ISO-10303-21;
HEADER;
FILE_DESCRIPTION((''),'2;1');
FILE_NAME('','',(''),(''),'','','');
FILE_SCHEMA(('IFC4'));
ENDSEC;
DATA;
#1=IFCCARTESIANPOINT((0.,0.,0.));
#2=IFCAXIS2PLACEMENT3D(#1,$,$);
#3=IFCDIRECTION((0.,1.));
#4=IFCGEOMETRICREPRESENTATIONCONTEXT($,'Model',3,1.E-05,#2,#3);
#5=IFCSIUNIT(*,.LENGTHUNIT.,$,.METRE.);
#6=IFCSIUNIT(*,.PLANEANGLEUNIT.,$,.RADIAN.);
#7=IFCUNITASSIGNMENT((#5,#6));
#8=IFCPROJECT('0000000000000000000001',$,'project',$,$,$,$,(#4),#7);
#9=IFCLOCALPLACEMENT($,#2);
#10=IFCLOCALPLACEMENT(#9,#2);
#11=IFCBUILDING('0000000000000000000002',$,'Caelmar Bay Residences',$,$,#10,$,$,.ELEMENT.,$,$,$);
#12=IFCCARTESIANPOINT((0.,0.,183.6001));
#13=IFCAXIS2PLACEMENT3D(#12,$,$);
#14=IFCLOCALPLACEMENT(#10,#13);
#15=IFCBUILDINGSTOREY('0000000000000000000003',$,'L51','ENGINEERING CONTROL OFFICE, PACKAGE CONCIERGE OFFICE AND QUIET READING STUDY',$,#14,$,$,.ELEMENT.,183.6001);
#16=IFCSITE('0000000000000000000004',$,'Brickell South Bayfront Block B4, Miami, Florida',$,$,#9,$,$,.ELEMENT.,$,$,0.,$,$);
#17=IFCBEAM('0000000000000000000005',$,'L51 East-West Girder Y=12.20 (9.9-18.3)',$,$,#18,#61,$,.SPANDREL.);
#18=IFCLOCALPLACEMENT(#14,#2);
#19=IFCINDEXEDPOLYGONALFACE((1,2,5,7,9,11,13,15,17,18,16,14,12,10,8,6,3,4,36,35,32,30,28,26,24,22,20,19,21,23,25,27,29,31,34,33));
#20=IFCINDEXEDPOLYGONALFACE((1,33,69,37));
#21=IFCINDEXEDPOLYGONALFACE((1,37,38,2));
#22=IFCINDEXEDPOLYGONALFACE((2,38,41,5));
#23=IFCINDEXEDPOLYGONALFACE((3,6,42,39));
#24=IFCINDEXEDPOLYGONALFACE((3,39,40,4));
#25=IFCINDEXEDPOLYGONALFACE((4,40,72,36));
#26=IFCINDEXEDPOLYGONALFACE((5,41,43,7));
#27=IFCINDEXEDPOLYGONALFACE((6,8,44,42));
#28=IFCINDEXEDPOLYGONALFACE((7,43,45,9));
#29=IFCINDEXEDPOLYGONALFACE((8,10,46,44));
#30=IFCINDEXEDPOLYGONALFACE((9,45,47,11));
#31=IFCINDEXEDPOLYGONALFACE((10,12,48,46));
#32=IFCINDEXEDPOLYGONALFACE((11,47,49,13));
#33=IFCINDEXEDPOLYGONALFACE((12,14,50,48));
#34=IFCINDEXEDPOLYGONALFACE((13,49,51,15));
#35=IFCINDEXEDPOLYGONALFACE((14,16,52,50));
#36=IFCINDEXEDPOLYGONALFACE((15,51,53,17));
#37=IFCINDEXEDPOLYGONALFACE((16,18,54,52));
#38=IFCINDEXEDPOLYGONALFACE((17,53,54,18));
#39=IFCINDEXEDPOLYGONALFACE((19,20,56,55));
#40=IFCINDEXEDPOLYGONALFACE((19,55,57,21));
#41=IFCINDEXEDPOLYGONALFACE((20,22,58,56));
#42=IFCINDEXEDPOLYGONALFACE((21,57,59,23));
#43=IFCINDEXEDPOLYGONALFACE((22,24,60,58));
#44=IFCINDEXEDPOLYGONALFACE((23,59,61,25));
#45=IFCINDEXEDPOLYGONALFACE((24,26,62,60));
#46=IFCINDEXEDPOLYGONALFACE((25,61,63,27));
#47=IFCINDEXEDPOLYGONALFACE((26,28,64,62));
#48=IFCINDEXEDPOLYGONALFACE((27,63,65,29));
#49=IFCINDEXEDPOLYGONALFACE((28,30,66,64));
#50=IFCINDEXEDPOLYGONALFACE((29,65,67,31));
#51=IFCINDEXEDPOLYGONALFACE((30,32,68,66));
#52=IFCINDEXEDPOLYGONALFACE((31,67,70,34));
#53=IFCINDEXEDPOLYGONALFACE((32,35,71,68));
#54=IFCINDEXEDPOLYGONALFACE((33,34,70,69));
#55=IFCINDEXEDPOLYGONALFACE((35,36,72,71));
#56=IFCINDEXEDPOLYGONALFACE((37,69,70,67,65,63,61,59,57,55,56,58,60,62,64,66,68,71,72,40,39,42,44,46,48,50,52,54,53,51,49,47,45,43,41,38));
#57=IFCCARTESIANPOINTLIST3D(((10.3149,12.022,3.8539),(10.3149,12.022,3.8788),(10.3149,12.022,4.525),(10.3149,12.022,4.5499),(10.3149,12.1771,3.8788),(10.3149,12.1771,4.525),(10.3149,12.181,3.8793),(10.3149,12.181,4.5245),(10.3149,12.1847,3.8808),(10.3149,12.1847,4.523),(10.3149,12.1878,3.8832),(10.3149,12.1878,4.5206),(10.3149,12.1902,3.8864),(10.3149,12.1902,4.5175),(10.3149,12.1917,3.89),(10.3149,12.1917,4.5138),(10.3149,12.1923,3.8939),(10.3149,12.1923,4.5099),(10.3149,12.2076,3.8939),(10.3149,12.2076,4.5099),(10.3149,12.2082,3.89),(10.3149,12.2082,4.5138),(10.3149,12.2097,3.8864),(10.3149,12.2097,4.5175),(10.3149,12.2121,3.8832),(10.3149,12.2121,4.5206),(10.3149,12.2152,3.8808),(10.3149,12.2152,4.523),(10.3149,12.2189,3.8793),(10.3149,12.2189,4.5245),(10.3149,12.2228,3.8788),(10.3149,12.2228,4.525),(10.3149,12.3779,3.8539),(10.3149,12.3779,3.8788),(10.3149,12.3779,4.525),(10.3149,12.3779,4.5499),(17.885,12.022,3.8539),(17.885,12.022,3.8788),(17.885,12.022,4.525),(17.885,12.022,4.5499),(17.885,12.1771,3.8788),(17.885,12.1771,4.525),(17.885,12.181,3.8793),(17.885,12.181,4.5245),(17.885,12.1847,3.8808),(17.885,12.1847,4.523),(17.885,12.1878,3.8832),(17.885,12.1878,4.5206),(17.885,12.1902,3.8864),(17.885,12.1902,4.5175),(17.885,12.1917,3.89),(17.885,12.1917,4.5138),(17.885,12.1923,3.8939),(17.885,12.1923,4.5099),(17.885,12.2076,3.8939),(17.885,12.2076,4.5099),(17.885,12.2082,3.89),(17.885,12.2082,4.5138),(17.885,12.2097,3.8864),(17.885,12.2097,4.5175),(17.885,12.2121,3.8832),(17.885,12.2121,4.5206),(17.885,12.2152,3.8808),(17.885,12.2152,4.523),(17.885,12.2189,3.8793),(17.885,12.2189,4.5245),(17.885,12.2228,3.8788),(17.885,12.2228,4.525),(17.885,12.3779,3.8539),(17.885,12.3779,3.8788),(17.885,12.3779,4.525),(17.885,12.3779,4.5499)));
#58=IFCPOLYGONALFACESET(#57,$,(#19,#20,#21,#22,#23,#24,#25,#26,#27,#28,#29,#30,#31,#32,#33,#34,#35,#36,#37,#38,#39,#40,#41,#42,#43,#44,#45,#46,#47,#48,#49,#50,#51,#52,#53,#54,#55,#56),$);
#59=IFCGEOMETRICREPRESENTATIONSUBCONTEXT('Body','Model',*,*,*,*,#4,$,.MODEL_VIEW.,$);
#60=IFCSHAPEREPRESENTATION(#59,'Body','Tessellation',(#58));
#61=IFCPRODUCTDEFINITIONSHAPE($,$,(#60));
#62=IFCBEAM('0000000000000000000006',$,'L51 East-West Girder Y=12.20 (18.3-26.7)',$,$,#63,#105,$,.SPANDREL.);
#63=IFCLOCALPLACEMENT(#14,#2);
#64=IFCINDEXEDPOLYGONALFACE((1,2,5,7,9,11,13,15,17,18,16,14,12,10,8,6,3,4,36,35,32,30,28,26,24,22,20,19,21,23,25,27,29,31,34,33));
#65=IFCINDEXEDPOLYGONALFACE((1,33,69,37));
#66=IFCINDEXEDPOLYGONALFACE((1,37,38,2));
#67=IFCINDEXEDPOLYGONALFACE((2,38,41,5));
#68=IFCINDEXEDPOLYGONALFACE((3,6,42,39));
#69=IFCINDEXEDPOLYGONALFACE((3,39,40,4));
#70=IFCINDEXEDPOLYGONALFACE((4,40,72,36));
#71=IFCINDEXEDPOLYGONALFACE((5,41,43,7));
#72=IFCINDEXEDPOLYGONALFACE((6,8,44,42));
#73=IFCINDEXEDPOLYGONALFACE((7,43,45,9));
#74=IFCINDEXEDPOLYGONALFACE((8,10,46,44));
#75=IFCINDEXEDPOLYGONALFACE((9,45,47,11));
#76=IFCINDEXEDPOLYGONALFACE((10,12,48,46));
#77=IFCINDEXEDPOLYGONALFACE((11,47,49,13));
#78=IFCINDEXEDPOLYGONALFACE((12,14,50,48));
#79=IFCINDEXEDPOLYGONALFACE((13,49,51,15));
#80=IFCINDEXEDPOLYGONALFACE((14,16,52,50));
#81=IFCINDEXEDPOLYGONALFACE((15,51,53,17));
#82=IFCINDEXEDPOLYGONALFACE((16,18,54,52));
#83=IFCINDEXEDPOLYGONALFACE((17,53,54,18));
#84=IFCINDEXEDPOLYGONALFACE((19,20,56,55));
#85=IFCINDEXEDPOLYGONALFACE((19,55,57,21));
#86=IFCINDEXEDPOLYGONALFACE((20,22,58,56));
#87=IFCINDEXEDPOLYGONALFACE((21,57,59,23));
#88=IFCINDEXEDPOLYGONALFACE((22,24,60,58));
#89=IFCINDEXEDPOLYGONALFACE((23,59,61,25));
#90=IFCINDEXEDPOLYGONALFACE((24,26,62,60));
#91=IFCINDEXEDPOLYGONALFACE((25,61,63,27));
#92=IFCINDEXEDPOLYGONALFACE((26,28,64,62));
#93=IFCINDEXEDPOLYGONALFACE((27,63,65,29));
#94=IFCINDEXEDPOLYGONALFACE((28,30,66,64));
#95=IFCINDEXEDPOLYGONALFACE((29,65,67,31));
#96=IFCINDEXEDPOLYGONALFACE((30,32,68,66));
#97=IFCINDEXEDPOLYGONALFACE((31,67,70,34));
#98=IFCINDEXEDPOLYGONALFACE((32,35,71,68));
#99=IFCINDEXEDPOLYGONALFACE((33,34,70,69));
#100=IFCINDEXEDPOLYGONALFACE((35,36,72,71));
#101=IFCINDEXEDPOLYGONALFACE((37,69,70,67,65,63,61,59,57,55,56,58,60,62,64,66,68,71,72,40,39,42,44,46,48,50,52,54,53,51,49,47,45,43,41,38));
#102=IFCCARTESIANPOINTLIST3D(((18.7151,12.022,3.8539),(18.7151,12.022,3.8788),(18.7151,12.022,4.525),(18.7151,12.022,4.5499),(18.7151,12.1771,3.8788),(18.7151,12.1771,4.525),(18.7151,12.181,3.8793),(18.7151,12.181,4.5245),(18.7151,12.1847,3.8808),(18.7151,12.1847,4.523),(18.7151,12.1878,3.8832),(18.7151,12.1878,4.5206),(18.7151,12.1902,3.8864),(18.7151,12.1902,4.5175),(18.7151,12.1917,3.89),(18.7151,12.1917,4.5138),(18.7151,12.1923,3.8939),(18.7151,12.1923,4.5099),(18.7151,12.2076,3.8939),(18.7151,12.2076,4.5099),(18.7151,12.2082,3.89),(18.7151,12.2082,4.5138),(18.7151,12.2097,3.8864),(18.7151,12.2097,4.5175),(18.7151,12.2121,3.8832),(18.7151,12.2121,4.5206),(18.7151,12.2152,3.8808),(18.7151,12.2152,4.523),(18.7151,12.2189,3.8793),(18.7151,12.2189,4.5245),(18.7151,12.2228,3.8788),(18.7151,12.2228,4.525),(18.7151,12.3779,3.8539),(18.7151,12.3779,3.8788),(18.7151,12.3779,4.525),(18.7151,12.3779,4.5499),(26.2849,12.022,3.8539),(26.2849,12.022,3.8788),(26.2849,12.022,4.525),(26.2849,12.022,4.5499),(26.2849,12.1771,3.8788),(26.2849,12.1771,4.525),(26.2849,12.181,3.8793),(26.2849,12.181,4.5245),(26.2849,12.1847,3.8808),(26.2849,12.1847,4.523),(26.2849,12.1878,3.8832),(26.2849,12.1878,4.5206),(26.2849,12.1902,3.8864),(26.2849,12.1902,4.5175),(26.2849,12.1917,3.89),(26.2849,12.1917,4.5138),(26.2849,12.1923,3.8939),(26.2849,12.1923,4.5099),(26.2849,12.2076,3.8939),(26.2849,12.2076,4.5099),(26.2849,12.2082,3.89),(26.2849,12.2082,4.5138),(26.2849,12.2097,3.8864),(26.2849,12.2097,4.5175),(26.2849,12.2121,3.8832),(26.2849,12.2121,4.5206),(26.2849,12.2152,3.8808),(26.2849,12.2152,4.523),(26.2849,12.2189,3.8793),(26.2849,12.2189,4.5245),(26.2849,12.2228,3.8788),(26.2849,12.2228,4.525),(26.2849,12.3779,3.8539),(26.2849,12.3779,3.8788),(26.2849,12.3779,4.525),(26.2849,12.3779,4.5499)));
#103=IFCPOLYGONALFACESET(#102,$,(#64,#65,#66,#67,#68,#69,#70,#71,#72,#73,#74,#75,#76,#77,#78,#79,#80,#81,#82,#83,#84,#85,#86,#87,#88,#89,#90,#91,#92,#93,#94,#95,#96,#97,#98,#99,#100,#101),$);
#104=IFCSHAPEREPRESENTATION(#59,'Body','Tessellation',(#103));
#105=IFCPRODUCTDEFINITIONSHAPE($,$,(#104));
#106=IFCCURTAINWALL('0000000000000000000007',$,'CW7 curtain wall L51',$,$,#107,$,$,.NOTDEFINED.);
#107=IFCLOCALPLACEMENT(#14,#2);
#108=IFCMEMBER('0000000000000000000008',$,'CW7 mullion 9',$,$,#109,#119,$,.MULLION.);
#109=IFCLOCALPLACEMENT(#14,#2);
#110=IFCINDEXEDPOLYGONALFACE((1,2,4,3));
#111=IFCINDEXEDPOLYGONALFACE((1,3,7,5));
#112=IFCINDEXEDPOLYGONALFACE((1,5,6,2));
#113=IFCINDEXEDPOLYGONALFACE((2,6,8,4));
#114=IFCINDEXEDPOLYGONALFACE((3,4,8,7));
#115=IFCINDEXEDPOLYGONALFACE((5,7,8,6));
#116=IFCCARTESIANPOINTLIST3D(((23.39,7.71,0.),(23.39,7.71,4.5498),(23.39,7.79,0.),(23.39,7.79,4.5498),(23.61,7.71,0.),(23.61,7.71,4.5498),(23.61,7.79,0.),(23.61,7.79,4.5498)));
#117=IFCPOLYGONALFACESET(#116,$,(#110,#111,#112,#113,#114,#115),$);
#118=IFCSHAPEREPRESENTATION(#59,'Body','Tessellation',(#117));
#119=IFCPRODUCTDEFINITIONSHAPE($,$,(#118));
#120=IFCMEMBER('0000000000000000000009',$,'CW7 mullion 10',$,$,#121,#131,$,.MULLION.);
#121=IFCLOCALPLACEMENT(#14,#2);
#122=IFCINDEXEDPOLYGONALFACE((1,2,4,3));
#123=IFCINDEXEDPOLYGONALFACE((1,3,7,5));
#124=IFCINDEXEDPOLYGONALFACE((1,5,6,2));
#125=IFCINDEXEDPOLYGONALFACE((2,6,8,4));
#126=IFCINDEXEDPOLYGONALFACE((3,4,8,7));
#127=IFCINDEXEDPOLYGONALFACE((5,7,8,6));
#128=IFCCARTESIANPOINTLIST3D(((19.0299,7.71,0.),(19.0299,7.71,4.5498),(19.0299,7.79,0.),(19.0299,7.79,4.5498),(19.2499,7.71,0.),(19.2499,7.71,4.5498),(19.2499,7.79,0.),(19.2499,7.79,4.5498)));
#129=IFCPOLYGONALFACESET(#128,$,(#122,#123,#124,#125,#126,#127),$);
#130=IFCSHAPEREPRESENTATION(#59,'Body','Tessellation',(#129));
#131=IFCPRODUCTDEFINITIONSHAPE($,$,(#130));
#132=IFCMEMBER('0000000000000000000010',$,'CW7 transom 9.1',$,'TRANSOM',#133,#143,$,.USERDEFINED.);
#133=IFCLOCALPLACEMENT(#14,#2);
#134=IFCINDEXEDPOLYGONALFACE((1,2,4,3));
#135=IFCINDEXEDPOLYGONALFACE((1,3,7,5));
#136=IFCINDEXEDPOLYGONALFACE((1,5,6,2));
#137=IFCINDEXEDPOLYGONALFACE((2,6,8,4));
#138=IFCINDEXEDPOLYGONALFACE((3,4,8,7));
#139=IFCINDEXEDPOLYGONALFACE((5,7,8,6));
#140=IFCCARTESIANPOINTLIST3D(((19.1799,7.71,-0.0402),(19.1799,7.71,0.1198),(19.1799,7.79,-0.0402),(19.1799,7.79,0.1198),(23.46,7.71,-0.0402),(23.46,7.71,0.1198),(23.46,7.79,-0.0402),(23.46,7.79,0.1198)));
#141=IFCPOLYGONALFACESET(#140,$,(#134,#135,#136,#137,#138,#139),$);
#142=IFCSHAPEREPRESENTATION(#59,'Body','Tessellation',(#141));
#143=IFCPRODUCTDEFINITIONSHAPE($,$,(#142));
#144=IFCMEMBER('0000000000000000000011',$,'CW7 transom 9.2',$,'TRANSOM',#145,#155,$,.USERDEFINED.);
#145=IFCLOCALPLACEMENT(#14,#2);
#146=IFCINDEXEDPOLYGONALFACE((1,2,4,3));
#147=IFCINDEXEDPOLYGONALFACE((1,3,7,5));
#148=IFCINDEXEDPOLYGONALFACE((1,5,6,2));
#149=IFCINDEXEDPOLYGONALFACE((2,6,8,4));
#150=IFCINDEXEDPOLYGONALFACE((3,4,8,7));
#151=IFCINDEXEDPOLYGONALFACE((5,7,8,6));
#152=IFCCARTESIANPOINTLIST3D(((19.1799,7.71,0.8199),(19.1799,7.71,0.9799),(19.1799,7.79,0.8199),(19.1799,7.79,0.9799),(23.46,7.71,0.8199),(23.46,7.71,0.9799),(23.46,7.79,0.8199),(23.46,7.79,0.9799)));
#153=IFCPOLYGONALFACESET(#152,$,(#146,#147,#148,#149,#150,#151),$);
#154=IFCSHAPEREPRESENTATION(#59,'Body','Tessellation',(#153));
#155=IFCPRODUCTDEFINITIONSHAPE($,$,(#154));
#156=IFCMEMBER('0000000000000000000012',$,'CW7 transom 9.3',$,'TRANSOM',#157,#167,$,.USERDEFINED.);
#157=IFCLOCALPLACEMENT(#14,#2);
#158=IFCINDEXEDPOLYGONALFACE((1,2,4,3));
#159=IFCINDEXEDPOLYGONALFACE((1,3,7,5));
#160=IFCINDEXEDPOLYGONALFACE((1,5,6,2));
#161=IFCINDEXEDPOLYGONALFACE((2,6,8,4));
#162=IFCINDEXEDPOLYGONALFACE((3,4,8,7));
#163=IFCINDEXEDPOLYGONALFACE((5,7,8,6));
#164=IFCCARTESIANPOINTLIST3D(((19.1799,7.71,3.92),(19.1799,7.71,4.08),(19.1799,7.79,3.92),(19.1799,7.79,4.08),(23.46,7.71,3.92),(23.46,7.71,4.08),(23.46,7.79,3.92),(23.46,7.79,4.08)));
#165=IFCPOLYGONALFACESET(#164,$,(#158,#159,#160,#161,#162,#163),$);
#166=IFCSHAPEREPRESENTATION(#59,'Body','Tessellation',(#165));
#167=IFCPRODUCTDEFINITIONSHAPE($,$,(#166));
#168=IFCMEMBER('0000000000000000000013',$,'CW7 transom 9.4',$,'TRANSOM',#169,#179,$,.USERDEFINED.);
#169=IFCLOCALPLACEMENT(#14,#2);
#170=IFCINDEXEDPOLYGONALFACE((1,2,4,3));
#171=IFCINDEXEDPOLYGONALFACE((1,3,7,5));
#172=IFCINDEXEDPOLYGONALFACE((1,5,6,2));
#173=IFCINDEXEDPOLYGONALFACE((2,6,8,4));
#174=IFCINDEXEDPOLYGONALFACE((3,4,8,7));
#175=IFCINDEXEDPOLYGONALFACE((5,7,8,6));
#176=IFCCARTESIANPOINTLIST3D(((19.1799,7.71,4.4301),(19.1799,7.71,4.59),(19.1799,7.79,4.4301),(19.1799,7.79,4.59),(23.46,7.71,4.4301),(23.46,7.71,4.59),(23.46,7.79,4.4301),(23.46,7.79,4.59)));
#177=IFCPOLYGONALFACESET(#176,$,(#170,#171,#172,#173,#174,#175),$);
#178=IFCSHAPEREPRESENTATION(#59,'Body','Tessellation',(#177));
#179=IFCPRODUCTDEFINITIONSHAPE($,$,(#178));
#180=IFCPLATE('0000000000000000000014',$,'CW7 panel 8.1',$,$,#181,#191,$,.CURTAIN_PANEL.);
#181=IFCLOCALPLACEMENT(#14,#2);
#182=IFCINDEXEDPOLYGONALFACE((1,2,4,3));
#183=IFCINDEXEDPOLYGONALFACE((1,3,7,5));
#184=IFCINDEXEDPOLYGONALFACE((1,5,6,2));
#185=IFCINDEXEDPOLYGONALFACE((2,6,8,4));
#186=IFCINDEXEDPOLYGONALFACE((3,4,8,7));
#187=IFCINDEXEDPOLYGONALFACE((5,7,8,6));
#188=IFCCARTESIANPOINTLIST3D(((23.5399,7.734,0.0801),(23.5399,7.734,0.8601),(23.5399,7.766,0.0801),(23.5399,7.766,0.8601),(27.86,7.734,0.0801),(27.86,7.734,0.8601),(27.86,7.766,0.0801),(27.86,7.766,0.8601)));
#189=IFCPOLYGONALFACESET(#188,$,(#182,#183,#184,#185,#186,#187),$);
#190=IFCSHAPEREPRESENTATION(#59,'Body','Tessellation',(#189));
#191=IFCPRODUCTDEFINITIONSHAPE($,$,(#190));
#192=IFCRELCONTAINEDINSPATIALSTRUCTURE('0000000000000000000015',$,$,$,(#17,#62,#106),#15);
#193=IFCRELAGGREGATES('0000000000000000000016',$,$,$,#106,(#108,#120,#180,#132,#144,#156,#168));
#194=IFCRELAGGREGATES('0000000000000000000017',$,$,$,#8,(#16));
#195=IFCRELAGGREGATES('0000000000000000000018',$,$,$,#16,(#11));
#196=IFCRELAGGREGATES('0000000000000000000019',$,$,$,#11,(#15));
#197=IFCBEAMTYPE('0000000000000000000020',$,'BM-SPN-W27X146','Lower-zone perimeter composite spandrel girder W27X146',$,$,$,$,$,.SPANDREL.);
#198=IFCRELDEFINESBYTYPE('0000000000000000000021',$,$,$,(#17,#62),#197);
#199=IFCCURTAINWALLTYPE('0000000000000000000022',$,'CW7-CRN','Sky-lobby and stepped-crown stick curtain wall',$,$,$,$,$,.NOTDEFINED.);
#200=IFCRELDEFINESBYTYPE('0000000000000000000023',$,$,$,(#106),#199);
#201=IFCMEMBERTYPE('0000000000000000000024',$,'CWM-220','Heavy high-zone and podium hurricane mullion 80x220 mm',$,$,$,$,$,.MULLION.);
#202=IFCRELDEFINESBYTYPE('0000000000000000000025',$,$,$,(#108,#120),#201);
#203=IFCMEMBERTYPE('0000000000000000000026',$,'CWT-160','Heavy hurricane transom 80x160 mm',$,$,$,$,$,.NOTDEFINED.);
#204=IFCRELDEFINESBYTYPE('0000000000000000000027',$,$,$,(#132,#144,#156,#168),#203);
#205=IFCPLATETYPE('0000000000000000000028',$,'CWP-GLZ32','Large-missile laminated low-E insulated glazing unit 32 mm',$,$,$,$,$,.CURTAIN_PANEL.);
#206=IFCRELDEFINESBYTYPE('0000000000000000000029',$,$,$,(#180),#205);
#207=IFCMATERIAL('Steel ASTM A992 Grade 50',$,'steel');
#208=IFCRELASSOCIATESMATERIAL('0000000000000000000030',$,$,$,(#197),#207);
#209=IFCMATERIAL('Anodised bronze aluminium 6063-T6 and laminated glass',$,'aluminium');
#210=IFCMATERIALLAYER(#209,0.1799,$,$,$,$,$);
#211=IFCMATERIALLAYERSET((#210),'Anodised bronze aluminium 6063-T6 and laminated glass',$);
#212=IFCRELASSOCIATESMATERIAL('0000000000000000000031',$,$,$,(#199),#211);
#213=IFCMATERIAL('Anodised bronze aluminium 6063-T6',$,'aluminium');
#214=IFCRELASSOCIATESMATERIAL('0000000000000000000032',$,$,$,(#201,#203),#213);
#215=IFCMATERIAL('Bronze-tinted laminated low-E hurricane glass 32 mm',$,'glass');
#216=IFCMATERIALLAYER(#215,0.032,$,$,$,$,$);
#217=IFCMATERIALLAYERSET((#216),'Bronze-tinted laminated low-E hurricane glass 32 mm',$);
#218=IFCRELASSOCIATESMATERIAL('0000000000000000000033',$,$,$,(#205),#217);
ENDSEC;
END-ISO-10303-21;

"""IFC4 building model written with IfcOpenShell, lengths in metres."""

from ifc_helpers import new_model, si_unit, direction, frame, origin, origin_2d, place, context, subcontext, project, spatial, rectangle, i_section, extrude, material, layer, layer_set, material_profile, profile_set, type_object, element, aggregate, save


model = new_model("IFC4")

# Units and contexts
model_context = context("Model", 3, precision=1e-05, world=origin(), true_north=direction((0.0, 1.0)))
body_context = subcontext(model_context, "Body", "Model", "MODEL_VIEW")
ifc_project = project(units=[si_unit("LENGTHUNIT", "METRE"), si_unit("PLANEANGLEUNIT", "RADIAN")], contexts=[model_context])

# Site, building, storey
site_placement = place(None, origin())
site = spatial("IfcSite", under=ifc_project, at=site_placement, Name="Brickell South Bayfront Block B4, Miami, Florida", CompositionType="ELEMENT", RefElevation=0.0)
building_placement = place(site_placement, origin())
building = spatial("IfcBuilding", under=site, at=building_placement, Name="Caelmar Bay Residences", CompositionType="ELEMENT")
storey_placement = place(building_placement, frame((0.0, 0.0, 183.6001)))
storey = spatial("IfcBuildingStorey", under=building, at=storey_placement, Name="L51", Description="ENGINEERING CONTROL OFFICE, PACKAGE CONCIERGE OFFICE AND QUIET READING STUDY", CompositionType="ELEMENT", Elevation=183.6001)

# Beams
ifc_material_1 = material(Name="Steel ASTM A992 Grade 50", Category="steel")
ifc_material_profile_1 = material_profile(ifc_material_1, i_section(OverallWidth=0.356, OverallDepth=0.696, WebThickness=0.0154, FlangeThickness=0.0249, FilletRadius=0.0151, at=origin_2d()), Name="W27X146")
ifc_profile_set_1 = profile_set([ifc_material_profile_1], Name="Steel ASTM A992 Grade 50")
beam_type_1 = type_object("IfcBeamType", Name="BM-SPN-W27X146", Description="Lower-zone perimeter composite spandrel girder W27X146", PredefinedType="SPANDREL", material=ifc_profile_set_1)
beam_1_placement = place(storey_placement, frame((10.3149, 12.2, 4.2019), z_axis=(1.0, 0.0, 0.0), x_axis=(0.0, 1.0, 0.0)))
element("IfcBeam", 1, at=beam_1_placement, inside=storey, type_object=beam_type_1, Name="L51 East-West Girder Y=12.20 (9.9-18.3)", PredefinedType="SPANDREL", context=body_context, shape_type="SweptSolid", body=[
    extrude(i_section(OverallWidth=0.356, OverallDepth=0.696, WebThickness=0.0154, FlangeThickness=0.0249, FilletRadius=0.0151, at=origin_2d()), origin(), (0.0, 0.0, 1.0), 7.5701),
])
beam_2_placement = place(storey_placement, frame((18.7151, 12.2, 4.2019), z_axis=(1.0, 0.0, 0.0), x_axis=(0.0, 1.0, 0.0)))
element("IfcBeam", 2, at=beam_2_placement, inside=storey, type_object=beam_type_1, Name="L51 East-West Girder Y=12.20 (18.3-26.7)", PredefinedType="SPANDREL", context=body_context, shape_type="SweptSolid", body=[
    extrude(i_section(OverallWidth=0.356, OverallDepth=0.696, WebThickness=0.0154, FlangeThickness=0.0249, FilletRadius=0.0151, at=origin_2d()), origin(), (0.0, 0.0, 1.0), 7.5698),
])

# Curtain wall, members, plate
ifc_material_2 = material(Name="Anodised bronze aluminium 6063-T6 and laminated glass", Category="aluminium")
ifc_layer_1 = layer(ifc_material_2, 0.1799)
ifc_layer_set_1 = layer_set([ifc_layer_1], Name="Anodised bronze aluminium 6063-T6 and laminated glass")
curtain_wall_type = type_object("IfcCurtainWallType", Name="CW7-CRN", Description="Sky-lobby and stepped-crown stick curtain wall", PredefinedType="NOTDEFINED", material=ifc_layer_set_1)
curtain_wall_placement = place(storey_placement, origin())
curtain_wall = element("IfcCurtainWall", 3, at=curtain_wall_placement, inside=storey, type_object=curtain_wall_type, Name="CW7 curtain wall L51", PredefinedType="NOTDEFINED")
ifc_material_3 = material(Name="Anodised bronze aluminium 6063-T6", Category="aluminium")
ifc_material_profile_2 = material_profile(ifc_material_3, rectangle(XDim=0.0801, YDim=0.22, at=origin_2d()), Name="CWM-80X220")
ifc_profile_set_2 = profile_set([ifc_material_profile_2], Name="Anodised bronze aluminium 6063-T6")
member_type_1 = type_object("IfcMemberType", Name="CWM-220", Description="Heavy high-zone and podium hurricane mullion 80x220 mm", PredefinedType="MULLION", material=ifc_profile_set_2)
member_1_placement = place(storey_placement, frame((23.5, 7.75, 0.0), z_axis=(0.0, 0.0, 1.0), x_axis=(0.0, -1.0, 0.0)))
member_1 = element("IfcMember", 4, at=member_1_placement, type_object=member_type_1, Name="CW7 mullion 9", PredefinedType="MULLION", context=body_context, shape_type="SweptSolid", body=[
    extrude(rectangle(XDim=0.0801, YDim=0.22, at=origin_2d()), origin(), (0.0, 0.0, 1.0), 4.5498),
])
member_2_placement = place(storey_placement, frame((19.1399, 7.75, 0.0), z_axis=(0.0, 0.0, 1.0), x_axis=(0.0, -1.0, 0.0)))
member_2 = element("IfcMember", 5, at=member_2_placement, type_object=member_type_1, Name="CW7 mullion 10", PredefinedType="MULLION", context=body_context, shape_type="SweptSolid", body=[
    extrude(rectangle(XDim=0.0801, YDim=0.22, at=origin_2d()), origin(), (0.0, 0.0, 1.0), 4.5498),
])
ifc_material_profile_3 = material_profile(ifc_material_3, rectangle(XDim=0.0801, YDim=0.1599, at=origin_2d()), Name="CWT-80X160")
ifc_profile_set_3 = profile_set([ifc_material_profile_3], Name="Anodised bronze aluminium 6063-T6")
member_type_2 = type_object("IfcMemberType", Name="CWT-160", Description="Heavy hurricane transom 80x160 mm", PredefinedType="NOTDEFINED", material=ifc_profile_set_3)
member_3_placement = place(storey_placement, frame((23.46, 7.75, 0.0398), z_axis=(-1.0, 0.0, 0.0), x_axis=(0.0, -1.0, 0.0)))
member_3 = element("IfcMember", 6, at=member_3_placement, type_object=member_type_2, Name="CW7 transom 9.1", ObjectType="TRANSOM", PredefinedType="USERDEFINED", context=body_context, shape_type="SweptSolid", body=[
    extrude(rectangle(XDim=0.0801, YDim=0.1599, at=origin_2d()), origin(), (0.0, 0.0, 1.0), 4.28),
])
member_4_placement = place(storey_placement, frame((23.46, 7.75, 0.8999), z_axis=(-1.0, 0.0, 0.0), x_axis=(0.0, -1.0, 0.0)))
member_4 = element("IfcMember", 7, at=member_4_placement, type_object=member_type_2, Name="CW7 transom 9.2", ObjectType="TRANSOM", PredefinedType="USERDEFINED", context=body_context, shape_type="SweptSolid", body=[
    extrude(rectangle(XDim=0.0801, YDim=0.1599, at=origin_2d()), origin(), (0.0, 0.0, 1.0), 4.28),
])
member_5_placement = place(storey_placement, frame((23.46, 7.75, 4.0), z_axis=(-1.0, 0.0, 0.0), x_axis=(0.0, -1.0, 0.0)))
member_5 = element("IfcMember", 8, at=member_5_placement, type_object=member_type_2, Name="CW7 transom 9.3", ObjectType="TRANSOM", PredefinedType="USERDEFINED", context=body_context, shape_type="SweptSolid", body=[
    extrude(rectangle(XDim=0.0801, YDim=0.1599, at=origin_2d()), origin(), (0.0, 0.0, 1.0), 4.28),
])
member_6_placement = place(storey_placement, frame((23.46, 7.75, 4.51), z_axis=(-1.0, 0.0, 0.0), x_axis=(0.0, -1.0, 0.0)))
member_6 = element("IfcMember", 9, at=member_6_placement, type_object=member_type_2, Name="CW7 transom 9.4", ObjectType="TRANSOM", PredefinedType="USERDEFINED", context=body_context, shape_type="SweptSolid", body=[
    extrude(rectangle(XDim=0.0801, YDim=0.1599, at=origin_2d()), origin(), (0.0, 0.0, 1.0), 4.28),
])
ifc_material_4 = material(Name="Bronze-tinted laminated low-E hurricane glass 32 mm", Category="glass")
ifc_layer_2 = layer(ifc_material_4, 0.032)
ifc_layer_set_2 = layer_set([ifc_layer_2], Name="Bronze-tinted laminated low-E hurricane glass 32 mm")
plate_type = type_object("IfcPlateType", Name="CWP-GLZ32", Description="Large-missile laminated low-E insulated glazing unit 32 mm", PredefinedType="CURTAIN_PANEL", material=ifc_layer_set_2)
plate_1_placement = place(storey_placement, frame((25.7, 7.75, 0.0801), z_axis=(0.0, 0.0, 1.0), x_axis=(-1.0, 0.0, 0.0)))
plate_1 = element("IfcPlate", 10, at=plate_1_placement, type_object=plate_type, Name="CW7 panel 8.1", PredefinedType="CURTAIN_PANEL", context=body_context, shape_type="SweptSolid", body=[
    extrude(rectangle(XDim=4.3201, YDim=0.032, at=origin_2d()), origin(), (0.0, 0.0, 1.0), 0.78),
])
aggregate(curtain_wall, [member_1, member_2, plate_1, member_3, member_4, member_5, member_6])

save(model, "model.ifc")
